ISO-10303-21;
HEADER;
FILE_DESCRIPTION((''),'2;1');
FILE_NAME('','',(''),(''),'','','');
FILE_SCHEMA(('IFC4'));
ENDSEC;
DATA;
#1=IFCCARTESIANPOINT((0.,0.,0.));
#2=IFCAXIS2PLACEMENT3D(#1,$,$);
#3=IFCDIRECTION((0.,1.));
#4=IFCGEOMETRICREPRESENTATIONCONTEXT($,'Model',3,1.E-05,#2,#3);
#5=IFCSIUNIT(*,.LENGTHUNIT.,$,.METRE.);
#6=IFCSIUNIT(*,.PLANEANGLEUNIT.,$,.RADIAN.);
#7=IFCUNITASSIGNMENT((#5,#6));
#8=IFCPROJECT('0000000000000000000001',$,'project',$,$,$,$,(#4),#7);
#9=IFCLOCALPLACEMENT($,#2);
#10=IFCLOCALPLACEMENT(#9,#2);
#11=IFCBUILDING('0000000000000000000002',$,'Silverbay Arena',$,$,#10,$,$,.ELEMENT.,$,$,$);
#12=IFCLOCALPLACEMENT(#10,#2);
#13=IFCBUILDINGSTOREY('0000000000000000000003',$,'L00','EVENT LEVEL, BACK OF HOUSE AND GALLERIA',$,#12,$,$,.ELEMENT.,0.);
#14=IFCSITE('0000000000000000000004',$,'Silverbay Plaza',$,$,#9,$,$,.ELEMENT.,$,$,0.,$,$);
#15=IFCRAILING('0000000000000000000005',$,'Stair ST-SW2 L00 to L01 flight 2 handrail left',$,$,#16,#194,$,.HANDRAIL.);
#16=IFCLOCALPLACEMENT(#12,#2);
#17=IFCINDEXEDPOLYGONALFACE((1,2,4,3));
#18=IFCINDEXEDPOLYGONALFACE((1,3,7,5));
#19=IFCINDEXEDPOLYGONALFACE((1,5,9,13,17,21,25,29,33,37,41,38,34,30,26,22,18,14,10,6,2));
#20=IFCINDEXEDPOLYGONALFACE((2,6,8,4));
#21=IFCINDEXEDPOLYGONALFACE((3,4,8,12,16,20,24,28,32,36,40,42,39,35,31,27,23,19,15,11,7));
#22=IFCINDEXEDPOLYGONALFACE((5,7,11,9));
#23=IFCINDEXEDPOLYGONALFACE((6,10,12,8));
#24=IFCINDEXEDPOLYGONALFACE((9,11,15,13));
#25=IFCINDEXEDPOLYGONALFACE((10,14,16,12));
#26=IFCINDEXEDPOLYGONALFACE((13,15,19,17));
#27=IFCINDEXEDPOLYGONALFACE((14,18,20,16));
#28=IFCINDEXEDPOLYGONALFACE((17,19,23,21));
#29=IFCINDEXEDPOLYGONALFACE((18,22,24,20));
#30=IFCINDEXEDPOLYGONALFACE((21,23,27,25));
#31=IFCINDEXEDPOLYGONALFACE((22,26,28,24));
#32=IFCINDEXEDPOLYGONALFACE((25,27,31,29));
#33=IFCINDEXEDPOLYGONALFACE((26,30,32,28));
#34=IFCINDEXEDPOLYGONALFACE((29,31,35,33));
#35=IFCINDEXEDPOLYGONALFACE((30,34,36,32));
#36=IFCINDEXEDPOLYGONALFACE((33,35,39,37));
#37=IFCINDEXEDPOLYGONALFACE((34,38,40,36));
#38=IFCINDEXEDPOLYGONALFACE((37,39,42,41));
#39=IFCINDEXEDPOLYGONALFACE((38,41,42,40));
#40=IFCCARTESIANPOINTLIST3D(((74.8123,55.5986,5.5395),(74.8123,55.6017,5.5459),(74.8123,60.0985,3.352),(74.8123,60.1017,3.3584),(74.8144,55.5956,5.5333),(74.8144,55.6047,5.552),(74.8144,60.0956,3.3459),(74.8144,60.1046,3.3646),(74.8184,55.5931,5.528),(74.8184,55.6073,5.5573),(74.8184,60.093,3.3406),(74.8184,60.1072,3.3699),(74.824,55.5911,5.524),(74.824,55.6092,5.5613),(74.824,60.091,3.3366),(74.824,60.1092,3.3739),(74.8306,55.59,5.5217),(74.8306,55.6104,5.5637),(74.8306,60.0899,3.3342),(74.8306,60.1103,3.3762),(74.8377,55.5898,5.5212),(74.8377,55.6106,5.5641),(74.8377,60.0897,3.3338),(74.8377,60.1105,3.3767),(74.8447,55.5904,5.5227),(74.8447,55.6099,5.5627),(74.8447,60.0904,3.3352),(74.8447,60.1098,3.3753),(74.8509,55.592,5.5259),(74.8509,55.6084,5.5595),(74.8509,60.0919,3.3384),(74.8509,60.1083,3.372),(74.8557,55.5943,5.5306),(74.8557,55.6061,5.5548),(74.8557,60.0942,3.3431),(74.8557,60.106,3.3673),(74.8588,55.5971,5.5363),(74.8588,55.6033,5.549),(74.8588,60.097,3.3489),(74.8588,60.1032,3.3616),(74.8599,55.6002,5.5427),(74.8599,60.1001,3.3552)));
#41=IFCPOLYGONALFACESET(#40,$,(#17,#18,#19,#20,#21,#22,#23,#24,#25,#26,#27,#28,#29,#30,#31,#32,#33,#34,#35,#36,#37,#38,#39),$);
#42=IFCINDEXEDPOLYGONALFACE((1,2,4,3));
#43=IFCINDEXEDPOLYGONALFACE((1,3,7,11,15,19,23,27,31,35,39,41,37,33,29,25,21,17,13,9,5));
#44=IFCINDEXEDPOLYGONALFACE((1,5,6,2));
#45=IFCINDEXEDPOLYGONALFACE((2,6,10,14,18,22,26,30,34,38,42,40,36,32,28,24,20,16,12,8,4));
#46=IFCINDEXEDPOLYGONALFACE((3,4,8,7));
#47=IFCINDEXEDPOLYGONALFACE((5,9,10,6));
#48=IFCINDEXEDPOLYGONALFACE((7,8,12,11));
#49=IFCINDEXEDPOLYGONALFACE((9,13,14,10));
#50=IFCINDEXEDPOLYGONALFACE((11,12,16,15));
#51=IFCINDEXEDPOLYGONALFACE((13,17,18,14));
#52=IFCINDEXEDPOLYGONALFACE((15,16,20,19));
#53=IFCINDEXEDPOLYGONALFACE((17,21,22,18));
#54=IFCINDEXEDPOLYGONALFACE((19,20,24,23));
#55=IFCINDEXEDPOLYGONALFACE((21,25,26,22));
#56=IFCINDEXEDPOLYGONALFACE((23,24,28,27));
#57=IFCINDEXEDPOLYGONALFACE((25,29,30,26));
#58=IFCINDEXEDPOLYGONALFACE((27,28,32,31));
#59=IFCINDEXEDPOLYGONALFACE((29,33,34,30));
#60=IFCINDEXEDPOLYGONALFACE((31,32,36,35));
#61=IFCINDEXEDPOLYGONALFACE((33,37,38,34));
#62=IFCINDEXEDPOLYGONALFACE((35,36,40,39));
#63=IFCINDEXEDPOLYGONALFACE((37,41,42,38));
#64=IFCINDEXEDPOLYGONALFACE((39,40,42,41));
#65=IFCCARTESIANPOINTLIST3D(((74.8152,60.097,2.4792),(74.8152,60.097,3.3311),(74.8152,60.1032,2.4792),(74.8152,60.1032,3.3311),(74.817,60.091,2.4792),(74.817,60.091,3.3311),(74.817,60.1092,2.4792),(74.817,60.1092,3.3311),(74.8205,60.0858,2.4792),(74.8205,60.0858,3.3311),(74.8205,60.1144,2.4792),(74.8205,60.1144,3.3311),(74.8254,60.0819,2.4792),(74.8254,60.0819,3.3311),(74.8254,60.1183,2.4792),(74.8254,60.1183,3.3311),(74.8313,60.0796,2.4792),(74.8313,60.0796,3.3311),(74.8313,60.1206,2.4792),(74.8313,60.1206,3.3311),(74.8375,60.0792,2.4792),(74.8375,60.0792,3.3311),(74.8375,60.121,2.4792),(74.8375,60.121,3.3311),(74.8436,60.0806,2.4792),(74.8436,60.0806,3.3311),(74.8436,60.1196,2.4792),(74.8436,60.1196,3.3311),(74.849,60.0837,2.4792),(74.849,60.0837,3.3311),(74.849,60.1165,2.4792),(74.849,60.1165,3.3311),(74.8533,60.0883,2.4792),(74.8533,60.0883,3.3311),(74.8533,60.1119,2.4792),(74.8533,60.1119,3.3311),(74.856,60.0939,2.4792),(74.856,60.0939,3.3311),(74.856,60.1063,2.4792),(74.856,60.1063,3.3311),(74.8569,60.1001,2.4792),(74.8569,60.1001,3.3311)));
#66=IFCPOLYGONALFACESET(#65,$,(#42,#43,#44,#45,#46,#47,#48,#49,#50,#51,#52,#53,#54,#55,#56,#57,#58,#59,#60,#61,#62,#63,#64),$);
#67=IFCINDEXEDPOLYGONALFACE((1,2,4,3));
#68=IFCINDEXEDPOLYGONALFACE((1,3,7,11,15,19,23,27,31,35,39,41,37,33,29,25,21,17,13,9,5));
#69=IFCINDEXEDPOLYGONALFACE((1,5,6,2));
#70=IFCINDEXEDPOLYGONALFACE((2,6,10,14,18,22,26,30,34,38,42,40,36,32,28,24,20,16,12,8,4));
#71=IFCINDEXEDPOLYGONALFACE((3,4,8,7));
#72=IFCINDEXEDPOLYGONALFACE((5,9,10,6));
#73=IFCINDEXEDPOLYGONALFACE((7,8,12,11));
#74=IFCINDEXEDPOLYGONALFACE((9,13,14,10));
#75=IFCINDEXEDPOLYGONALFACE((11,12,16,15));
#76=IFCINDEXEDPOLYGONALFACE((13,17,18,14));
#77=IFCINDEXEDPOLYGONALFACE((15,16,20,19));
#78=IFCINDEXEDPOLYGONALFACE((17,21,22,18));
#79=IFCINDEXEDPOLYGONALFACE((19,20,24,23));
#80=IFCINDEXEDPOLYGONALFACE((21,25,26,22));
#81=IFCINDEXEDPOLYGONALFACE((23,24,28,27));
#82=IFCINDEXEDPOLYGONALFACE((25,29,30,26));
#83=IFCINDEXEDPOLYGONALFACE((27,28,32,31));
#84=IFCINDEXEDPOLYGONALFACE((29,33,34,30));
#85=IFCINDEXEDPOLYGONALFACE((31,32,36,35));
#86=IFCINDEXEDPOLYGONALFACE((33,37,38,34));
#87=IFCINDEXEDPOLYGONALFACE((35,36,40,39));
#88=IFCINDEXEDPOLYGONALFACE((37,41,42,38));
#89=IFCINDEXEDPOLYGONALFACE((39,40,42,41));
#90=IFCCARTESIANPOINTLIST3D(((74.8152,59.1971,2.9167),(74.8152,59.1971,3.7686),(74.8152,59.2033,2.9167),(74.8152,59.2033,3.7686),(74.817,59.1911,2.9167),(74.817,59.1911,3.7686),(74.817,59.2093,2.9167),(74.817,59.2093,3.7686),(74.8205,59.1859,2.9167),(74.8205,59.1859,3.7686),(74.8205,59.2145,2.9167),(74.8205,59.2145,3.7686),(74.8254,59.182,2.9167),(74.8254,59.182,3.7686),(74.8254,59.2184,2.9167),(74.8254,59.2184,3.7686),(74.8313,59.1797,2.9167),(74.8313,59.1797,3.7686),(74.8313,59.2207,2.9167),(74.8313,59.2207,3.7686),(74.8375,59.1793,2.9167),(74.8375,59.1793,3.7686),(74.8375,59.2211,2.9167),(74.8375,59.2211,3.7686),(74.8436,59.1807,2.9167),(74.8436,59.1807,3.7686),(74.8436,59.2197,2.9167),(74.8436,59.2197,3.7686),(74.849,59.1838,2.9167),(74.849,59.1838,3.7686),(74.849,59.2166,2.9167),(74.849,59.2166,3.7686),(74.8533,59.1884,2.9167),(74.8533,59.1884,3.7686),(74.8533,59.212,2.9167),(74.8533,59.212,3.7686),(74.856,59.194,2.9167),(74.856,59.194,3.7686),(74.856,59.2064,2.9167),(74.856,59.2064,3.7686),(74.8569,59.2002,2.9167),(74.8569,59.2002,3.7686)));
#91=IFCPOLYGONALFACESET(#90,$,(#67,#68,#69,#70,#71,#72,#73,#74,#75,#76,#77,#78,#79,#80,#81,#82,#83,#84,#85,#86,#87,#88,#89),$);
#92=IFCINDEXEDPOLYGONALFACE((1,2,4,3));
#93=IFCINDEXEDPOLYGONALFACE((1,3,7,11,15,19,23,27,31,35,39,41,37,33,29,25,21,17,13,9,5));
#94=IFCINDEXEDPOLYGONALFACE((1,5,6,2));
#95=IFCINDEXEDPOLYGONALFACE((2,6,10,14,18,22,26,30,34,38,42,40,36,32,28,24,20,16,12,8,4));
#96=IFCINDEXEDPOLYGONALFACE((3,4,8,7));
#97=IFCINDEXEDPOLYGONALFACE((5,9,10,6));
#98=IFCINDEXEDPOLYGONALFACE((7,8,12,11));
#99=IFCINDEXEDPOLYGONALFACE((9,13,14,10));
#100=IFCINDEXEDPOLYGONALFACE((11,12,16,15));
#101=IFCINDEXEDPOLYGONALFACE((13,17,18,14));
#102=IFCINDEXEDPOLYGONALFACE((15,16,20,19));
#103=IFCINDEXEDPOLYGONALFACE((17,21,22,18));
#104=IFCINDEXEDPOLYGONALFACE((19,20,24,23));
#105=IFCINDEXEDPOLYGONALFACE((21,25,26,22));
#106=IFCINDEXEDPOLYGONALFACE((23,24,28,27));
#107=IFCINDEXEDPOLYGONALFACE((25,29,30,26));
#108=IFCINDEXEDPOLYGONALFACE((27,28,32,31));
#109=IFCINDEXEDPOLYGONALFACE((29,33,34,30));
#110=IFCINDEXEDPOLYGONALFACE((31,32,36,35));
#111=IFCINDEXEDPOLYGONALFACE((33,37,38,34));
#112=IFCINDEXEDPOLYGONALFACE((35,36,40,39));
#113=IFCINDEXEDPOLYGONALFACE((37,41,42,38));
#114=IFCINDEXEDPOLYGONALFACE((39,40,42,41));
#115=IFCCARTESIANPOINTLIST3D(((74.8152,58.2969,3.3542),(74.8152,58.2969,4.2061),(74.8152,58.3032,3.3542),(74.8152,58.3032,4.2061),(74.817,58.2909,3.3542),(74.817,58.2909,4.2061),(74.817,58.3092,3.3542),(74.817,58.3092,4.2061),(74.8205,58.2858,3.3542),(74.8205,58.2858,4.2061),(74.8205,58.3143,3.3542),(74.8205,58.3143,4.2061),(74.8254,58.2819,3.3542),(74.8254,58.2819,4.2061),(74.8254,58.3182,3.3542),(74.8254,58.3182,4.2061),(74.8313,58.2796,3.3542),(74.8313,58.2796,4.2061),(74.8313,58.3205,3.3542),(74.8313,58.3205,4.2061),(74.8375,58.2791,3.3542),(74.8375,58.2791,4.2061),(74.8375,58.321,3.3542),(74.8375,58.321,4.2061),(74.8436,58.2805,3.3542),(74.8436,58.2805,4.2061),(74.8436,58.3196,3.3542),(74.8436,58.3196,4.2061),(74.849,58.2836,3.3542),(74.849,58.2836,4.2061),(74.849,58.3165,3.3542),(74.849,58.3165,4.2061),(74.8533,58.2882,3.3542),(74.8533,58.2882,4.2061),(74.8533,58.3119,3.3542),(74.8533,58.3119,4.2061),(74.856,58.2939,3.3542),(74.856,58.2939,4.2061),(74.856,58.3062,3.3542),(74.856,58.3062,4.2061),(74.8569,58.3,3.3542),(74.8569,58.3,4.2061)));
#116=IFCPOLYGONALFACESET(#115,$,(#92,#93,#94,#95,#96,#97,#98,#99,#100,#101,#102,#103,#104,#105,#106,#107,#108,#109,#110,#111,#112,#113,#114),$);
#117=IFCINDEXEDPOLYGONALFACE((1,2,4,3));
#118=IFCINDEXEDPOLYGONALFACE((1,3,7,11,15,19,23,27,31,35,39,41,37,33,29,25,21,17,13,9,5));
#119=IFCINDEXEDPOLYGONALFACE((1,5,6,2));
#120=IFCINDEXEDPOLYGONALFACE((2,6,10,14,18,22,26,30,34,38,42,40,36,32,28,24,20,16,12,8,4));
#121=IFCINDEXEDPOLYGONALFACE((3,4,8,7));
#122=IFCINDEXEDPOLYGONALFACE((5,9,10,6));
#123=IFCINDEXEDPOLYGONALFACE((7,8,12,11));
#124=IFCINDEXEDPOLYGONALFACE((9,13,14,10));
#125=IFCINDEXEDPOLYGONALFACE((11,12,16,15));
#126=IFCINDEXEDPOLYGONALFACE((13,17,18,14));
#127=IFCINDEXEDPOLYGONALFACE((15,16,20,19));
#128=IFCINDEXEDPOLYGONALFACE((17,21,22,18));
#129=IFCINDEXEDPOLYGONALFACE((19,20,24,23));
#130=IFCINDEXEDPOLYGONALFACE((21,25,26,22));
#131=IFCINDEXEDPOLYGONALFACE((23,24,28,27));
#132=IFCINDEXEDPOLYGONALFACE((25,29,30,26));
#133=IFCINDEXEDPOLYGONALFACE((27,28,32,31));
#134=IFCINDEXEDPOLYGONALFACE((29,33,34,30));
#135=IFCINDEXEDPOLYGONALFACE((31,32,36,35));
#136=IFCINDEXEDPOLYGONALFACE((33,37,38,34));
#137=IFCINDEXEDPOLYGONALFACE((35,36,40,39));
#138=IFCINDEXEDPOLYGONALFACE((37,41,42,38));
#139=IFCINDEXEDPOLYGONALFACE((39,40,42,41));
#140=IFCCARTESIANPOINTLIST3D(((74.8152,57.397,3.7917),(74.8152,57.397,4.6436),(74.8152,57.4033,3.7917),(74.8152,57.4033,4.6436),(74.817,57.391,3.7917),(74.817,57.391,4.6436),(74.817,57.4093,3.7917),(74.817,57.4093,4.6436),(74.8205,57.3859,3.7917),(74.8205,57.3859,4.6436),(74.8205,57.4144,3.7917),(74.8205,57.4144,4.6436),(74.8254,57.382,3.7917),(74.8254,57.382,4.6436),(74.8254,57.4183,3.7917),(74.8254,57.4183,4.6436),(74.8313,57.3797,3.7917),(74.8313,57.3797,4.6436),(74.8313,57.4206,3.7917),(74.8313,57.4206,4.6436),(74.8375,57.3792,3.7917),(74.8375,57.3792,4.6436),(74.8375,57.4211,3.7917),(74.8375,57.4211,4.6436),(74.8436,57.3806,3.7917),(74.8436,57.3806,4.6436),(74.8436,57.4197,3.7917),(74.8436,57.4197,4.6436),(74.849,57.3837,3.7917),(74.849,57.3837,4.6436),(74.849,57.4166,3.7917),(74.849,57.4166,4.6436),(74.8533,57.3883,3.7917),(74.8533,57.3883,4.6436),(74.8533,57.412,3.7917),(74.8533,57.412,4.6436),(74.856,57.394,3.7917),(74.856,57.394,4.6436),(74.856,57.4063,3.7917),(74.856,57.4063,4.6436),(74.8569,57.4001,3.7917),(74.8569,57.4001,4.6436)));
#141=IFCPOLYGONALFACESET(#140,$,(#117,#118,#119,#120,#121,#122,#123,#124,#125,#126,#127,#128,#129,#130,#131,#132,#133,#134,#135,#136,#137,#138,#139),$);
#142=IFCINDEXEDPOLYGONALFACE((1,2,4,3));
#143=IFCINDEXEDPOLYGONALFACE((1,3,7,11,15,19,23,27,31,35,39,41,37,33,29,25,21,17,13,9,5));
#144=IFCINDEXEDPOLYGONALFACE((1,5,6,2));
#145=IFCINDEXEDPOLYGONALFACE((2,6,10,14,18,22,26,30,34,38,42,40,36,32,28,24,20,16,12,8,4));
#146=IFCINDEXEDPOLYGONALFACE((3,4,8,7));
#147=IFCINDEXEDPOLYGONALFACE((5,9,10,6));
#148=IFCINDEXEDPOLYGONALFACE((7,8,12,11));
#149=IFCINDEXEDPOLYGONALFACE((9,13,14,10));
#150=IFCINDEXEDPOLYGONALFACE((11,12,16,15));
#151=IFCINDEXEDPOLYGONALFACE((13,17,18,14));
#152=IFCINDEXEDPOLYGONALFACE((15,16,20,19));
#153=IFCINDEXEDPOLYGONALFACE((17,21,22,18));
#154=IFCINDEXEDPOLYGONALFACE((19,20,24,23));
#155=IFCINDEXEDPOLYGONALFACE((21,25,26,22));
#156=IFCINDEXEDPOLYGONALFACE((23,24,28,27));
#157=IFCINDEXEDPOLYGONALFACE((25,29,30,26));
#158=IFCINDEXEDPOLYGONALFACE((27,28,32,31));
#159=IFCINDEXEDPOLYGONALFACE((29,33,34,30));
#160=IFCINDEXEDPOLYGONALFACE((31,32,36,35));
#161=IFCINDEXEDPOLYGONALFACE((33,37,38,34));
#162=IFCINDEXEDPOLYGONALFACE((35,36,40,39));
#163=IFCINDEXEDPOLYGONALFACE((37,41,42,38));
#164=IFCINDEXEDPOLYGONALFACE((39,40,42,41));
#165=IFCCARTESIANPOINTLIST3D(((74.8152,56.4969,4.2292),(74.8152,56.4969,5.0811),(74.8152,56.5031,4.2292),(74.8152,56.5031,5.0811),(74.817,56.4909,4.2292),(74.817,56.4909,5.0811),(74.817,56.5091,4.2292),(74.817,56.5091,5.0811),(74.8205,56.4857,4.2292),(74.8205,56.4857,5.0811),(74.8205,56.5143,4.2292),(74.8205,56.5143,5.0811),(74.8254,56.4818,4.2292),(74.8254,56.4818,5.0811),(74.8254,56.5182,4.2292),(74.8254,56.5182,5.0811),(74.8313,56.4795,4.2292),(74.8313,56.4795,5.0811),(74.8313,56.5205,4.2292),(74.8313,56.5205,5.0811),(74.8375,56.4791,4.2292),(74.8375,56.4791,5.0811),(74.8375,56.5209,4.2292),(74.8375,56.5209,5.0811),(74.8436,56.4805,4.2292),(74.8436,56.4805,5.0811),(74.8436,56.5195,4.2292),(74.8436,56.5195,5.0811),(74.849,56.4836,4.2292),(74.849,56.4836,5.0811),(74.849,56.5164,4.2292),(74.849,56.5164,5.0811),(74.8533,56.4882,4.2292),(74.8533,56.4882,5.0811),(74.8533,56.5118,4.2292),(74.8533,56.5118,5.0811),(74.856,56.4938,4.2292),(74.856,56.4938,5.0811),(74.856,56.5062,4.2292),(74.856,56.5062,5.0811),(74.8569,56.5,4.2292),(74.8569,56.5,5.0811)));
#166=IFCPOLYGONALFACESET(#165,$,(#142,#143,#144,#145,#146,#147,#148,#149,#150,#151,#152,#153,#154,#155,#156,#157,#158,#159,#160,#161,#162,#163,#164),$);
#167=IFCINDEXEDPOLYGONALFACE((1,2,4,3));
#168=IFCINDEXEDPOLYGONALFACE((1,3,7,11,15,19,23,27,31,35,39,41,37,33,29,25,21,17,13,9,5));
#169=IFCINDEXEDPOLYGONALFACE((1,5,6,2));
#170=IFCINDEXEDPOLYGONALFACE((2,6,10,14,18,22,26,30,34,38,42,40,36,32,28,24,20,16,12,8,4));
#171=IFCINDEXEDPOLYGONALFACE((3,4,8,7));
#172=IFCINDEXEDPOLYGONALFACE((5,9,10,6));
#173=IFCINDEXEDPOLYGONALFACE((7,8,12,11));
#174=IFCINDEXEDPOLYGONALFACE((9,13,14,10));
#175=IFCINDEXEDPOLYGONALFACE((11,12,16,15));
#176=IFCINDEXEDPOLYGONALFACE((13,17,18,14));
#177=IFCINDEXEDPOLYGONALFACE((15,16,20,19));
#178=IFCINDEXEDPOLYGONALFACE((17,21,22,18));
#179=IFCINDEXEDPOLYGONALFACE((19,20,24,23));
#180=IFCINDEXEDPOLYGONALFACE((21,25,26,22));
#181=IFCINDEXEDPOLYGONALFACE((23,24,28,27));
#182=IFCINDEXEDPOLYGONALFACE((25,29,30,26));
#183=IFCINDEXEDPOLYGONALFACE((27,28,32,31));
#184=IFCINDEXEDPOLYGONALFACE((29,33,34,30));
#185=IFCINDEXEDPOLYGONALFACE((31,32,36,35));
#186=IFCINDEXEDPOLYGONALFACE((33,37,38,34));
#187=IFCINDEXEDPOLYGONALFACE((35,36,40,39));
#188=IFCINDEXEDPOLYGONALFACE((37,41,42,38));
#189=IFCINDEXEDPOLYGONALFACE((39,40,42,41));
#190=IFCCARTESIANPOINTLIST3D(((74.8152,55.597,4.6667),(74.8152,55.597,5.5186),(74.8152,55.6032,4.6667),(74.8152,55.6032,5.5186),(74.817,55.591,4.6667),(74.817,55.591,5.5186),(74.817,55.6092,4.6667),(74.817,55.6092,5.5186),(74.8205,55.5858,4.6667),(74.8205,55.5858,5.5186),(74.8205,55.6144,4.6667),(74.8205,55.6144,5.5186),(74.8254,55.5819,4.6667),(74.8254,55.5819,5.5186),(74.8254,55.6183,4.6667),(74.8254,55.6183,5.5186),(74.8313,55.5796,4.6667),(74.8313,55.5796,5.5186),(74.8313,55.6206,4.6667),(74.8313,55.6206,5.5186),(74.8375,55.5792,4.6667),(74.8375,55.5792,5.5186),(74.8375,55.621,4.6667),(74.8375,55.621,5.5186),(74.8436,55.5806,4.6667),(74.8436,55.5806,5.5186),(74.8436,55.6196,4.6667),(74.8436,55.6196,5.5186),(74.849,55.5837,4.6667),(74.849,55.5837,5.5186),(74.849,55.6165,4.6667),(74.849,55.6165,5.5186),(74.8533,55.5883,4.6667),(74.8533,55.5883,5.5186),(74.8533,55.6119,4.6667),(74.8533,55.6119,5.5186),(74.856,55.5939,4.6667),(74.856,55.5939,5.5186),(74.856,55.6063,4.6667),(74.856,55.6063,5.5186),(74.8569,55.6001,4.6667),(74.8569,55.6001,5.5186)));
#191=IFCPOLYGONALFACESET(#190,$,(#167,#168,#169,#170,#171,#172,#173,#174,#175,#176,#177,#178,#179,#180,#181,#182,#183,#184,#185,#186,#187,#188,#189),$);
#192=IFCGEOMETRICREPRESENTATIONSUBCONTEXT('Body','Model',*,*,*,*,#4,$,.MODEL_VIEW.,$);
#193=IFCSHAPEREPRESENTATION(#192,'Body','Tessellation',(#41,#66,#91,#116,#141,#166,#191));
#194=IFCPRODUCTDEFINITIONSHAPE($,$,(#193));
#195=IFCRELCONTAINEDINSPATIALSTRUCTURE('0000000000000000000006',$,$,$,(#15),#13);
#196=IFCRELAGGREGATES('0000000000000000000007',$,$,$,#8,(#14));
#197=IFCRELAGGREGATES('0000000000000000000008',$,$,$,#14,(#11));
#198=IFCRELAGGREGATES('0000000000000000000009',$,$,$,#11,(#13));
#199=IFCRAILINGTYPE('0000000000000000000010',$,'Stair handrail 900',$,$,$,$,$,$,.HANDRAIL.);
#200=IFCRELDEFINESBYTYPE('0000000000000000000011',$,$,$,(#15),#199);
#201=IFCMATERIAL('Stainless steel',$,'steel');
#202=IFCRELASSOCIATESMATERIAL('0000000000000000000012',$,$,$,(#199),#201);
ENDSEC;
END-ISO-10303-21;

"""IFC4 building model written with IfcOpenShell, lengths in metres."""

from ifc_helpers import new_model, si_unit, direction, frame, origin, origin_2d, place, context, subcontext, project, spatial, circle, extrude, material, type_object, element, save


model = new_model("IFC4")

# Units and contexts
model_context = context("Model", 3, precision=1e-05, world=origin(), true_north=direction((0.0, 1.0)))
body_context = subcontext(model_context, "Body", "Model", "MODEL_VIEW")
ifc_project = project(units=[si_unit("LENGTHUNIT", "METRE"), si_unit("PLANEANGLEUNIT", "RADIAN")], contexts=[model_context])

# Site, building, storey
site_placement = place(None, origin())
site = spatial("IfcSite", under=ifc_project, at=site_placement, Name="Silverbay Plaza", CompositionType="ELEMENT", RefElevation=0.0)
building_placement = place(site_placement, origin())
building = spatial("IfcBuilding", under=site, at=building_placement, Name="Silverbay Arena", CompositionType="ELEMENT")
storey_placement = place(building_placement, origin())
storey = spatial("IfcBuildingStorey", under=building, at=storey_placement, Name="L00", Description="EVENT LEVEL, BACK OF HOUSE AND GALLERIA", CompositionType="ELEMENT", Elevation=0.0)

# Railing
ifc_material_1 = material(Name="Stainless steel", Category="steel")
railing_type_1 = type_object("IfcRailingType", Name="Stair handrail 900", PredefinedType="HANDRAIL", material=ifc_material_1)
for number, where, name in (
    (1, (74.8359, 60.1001, 2.4792), "Stair ST-SW2 L00 to L01 flight 2 handrail left"),
):
    element("IfcRailing", number, at=place(storey_placement, frame(where)), inside=storey, type_object=railing_type_1, Name=name, PredefinedType="HANDRAIL", context=body_context, shape_type="SweptSolid", body=[
        extrude(circle(Radius=0.0239, at=origin_2d()), frame((0.0, 0.0, 0.876), z_axis=(0.0, -0.899368, 0.437193), x_axis=(1.0, 0.0, 0.0)), (0.0, 0.0, 1.0), 5.0034),
        extrude(circle(Radius=0.021, at=origin_2d()), origin(), (0.0, 0.0, 1.0), 0.8518),
        extrude(circle(Radius=0.021, at=origin_2d()), frame((0.0, -0.8999, 0.4375)), (0.0, 0.0, 1.0), 0.8518),
        extrude(circle(Radius=0.021, at=origin_2d()), frame((0.0, -1.8, 0.875)), (0.0, 0.0, 1.0), 0.8518),
        extrude(circle(Radius=0.021, at=origin_2d()), frame((0.0, -2.7, 1.3125)), (0.0, 0.0, 1.0), 0.8518),
        extrude(circle(Radius=0.021, at=origin_2d()), frame((0.0, -3.6001, 1.75)), (0.0, 0.0, 1.0), 0.8518),
        extrude(circle(Radius=0.021, at=origin_2d()), frame((0.0, -4.5, 2.1875)), (0.0, 0.0, 1.0), 0.8518),
    ])

save(model, "model.ifc")
